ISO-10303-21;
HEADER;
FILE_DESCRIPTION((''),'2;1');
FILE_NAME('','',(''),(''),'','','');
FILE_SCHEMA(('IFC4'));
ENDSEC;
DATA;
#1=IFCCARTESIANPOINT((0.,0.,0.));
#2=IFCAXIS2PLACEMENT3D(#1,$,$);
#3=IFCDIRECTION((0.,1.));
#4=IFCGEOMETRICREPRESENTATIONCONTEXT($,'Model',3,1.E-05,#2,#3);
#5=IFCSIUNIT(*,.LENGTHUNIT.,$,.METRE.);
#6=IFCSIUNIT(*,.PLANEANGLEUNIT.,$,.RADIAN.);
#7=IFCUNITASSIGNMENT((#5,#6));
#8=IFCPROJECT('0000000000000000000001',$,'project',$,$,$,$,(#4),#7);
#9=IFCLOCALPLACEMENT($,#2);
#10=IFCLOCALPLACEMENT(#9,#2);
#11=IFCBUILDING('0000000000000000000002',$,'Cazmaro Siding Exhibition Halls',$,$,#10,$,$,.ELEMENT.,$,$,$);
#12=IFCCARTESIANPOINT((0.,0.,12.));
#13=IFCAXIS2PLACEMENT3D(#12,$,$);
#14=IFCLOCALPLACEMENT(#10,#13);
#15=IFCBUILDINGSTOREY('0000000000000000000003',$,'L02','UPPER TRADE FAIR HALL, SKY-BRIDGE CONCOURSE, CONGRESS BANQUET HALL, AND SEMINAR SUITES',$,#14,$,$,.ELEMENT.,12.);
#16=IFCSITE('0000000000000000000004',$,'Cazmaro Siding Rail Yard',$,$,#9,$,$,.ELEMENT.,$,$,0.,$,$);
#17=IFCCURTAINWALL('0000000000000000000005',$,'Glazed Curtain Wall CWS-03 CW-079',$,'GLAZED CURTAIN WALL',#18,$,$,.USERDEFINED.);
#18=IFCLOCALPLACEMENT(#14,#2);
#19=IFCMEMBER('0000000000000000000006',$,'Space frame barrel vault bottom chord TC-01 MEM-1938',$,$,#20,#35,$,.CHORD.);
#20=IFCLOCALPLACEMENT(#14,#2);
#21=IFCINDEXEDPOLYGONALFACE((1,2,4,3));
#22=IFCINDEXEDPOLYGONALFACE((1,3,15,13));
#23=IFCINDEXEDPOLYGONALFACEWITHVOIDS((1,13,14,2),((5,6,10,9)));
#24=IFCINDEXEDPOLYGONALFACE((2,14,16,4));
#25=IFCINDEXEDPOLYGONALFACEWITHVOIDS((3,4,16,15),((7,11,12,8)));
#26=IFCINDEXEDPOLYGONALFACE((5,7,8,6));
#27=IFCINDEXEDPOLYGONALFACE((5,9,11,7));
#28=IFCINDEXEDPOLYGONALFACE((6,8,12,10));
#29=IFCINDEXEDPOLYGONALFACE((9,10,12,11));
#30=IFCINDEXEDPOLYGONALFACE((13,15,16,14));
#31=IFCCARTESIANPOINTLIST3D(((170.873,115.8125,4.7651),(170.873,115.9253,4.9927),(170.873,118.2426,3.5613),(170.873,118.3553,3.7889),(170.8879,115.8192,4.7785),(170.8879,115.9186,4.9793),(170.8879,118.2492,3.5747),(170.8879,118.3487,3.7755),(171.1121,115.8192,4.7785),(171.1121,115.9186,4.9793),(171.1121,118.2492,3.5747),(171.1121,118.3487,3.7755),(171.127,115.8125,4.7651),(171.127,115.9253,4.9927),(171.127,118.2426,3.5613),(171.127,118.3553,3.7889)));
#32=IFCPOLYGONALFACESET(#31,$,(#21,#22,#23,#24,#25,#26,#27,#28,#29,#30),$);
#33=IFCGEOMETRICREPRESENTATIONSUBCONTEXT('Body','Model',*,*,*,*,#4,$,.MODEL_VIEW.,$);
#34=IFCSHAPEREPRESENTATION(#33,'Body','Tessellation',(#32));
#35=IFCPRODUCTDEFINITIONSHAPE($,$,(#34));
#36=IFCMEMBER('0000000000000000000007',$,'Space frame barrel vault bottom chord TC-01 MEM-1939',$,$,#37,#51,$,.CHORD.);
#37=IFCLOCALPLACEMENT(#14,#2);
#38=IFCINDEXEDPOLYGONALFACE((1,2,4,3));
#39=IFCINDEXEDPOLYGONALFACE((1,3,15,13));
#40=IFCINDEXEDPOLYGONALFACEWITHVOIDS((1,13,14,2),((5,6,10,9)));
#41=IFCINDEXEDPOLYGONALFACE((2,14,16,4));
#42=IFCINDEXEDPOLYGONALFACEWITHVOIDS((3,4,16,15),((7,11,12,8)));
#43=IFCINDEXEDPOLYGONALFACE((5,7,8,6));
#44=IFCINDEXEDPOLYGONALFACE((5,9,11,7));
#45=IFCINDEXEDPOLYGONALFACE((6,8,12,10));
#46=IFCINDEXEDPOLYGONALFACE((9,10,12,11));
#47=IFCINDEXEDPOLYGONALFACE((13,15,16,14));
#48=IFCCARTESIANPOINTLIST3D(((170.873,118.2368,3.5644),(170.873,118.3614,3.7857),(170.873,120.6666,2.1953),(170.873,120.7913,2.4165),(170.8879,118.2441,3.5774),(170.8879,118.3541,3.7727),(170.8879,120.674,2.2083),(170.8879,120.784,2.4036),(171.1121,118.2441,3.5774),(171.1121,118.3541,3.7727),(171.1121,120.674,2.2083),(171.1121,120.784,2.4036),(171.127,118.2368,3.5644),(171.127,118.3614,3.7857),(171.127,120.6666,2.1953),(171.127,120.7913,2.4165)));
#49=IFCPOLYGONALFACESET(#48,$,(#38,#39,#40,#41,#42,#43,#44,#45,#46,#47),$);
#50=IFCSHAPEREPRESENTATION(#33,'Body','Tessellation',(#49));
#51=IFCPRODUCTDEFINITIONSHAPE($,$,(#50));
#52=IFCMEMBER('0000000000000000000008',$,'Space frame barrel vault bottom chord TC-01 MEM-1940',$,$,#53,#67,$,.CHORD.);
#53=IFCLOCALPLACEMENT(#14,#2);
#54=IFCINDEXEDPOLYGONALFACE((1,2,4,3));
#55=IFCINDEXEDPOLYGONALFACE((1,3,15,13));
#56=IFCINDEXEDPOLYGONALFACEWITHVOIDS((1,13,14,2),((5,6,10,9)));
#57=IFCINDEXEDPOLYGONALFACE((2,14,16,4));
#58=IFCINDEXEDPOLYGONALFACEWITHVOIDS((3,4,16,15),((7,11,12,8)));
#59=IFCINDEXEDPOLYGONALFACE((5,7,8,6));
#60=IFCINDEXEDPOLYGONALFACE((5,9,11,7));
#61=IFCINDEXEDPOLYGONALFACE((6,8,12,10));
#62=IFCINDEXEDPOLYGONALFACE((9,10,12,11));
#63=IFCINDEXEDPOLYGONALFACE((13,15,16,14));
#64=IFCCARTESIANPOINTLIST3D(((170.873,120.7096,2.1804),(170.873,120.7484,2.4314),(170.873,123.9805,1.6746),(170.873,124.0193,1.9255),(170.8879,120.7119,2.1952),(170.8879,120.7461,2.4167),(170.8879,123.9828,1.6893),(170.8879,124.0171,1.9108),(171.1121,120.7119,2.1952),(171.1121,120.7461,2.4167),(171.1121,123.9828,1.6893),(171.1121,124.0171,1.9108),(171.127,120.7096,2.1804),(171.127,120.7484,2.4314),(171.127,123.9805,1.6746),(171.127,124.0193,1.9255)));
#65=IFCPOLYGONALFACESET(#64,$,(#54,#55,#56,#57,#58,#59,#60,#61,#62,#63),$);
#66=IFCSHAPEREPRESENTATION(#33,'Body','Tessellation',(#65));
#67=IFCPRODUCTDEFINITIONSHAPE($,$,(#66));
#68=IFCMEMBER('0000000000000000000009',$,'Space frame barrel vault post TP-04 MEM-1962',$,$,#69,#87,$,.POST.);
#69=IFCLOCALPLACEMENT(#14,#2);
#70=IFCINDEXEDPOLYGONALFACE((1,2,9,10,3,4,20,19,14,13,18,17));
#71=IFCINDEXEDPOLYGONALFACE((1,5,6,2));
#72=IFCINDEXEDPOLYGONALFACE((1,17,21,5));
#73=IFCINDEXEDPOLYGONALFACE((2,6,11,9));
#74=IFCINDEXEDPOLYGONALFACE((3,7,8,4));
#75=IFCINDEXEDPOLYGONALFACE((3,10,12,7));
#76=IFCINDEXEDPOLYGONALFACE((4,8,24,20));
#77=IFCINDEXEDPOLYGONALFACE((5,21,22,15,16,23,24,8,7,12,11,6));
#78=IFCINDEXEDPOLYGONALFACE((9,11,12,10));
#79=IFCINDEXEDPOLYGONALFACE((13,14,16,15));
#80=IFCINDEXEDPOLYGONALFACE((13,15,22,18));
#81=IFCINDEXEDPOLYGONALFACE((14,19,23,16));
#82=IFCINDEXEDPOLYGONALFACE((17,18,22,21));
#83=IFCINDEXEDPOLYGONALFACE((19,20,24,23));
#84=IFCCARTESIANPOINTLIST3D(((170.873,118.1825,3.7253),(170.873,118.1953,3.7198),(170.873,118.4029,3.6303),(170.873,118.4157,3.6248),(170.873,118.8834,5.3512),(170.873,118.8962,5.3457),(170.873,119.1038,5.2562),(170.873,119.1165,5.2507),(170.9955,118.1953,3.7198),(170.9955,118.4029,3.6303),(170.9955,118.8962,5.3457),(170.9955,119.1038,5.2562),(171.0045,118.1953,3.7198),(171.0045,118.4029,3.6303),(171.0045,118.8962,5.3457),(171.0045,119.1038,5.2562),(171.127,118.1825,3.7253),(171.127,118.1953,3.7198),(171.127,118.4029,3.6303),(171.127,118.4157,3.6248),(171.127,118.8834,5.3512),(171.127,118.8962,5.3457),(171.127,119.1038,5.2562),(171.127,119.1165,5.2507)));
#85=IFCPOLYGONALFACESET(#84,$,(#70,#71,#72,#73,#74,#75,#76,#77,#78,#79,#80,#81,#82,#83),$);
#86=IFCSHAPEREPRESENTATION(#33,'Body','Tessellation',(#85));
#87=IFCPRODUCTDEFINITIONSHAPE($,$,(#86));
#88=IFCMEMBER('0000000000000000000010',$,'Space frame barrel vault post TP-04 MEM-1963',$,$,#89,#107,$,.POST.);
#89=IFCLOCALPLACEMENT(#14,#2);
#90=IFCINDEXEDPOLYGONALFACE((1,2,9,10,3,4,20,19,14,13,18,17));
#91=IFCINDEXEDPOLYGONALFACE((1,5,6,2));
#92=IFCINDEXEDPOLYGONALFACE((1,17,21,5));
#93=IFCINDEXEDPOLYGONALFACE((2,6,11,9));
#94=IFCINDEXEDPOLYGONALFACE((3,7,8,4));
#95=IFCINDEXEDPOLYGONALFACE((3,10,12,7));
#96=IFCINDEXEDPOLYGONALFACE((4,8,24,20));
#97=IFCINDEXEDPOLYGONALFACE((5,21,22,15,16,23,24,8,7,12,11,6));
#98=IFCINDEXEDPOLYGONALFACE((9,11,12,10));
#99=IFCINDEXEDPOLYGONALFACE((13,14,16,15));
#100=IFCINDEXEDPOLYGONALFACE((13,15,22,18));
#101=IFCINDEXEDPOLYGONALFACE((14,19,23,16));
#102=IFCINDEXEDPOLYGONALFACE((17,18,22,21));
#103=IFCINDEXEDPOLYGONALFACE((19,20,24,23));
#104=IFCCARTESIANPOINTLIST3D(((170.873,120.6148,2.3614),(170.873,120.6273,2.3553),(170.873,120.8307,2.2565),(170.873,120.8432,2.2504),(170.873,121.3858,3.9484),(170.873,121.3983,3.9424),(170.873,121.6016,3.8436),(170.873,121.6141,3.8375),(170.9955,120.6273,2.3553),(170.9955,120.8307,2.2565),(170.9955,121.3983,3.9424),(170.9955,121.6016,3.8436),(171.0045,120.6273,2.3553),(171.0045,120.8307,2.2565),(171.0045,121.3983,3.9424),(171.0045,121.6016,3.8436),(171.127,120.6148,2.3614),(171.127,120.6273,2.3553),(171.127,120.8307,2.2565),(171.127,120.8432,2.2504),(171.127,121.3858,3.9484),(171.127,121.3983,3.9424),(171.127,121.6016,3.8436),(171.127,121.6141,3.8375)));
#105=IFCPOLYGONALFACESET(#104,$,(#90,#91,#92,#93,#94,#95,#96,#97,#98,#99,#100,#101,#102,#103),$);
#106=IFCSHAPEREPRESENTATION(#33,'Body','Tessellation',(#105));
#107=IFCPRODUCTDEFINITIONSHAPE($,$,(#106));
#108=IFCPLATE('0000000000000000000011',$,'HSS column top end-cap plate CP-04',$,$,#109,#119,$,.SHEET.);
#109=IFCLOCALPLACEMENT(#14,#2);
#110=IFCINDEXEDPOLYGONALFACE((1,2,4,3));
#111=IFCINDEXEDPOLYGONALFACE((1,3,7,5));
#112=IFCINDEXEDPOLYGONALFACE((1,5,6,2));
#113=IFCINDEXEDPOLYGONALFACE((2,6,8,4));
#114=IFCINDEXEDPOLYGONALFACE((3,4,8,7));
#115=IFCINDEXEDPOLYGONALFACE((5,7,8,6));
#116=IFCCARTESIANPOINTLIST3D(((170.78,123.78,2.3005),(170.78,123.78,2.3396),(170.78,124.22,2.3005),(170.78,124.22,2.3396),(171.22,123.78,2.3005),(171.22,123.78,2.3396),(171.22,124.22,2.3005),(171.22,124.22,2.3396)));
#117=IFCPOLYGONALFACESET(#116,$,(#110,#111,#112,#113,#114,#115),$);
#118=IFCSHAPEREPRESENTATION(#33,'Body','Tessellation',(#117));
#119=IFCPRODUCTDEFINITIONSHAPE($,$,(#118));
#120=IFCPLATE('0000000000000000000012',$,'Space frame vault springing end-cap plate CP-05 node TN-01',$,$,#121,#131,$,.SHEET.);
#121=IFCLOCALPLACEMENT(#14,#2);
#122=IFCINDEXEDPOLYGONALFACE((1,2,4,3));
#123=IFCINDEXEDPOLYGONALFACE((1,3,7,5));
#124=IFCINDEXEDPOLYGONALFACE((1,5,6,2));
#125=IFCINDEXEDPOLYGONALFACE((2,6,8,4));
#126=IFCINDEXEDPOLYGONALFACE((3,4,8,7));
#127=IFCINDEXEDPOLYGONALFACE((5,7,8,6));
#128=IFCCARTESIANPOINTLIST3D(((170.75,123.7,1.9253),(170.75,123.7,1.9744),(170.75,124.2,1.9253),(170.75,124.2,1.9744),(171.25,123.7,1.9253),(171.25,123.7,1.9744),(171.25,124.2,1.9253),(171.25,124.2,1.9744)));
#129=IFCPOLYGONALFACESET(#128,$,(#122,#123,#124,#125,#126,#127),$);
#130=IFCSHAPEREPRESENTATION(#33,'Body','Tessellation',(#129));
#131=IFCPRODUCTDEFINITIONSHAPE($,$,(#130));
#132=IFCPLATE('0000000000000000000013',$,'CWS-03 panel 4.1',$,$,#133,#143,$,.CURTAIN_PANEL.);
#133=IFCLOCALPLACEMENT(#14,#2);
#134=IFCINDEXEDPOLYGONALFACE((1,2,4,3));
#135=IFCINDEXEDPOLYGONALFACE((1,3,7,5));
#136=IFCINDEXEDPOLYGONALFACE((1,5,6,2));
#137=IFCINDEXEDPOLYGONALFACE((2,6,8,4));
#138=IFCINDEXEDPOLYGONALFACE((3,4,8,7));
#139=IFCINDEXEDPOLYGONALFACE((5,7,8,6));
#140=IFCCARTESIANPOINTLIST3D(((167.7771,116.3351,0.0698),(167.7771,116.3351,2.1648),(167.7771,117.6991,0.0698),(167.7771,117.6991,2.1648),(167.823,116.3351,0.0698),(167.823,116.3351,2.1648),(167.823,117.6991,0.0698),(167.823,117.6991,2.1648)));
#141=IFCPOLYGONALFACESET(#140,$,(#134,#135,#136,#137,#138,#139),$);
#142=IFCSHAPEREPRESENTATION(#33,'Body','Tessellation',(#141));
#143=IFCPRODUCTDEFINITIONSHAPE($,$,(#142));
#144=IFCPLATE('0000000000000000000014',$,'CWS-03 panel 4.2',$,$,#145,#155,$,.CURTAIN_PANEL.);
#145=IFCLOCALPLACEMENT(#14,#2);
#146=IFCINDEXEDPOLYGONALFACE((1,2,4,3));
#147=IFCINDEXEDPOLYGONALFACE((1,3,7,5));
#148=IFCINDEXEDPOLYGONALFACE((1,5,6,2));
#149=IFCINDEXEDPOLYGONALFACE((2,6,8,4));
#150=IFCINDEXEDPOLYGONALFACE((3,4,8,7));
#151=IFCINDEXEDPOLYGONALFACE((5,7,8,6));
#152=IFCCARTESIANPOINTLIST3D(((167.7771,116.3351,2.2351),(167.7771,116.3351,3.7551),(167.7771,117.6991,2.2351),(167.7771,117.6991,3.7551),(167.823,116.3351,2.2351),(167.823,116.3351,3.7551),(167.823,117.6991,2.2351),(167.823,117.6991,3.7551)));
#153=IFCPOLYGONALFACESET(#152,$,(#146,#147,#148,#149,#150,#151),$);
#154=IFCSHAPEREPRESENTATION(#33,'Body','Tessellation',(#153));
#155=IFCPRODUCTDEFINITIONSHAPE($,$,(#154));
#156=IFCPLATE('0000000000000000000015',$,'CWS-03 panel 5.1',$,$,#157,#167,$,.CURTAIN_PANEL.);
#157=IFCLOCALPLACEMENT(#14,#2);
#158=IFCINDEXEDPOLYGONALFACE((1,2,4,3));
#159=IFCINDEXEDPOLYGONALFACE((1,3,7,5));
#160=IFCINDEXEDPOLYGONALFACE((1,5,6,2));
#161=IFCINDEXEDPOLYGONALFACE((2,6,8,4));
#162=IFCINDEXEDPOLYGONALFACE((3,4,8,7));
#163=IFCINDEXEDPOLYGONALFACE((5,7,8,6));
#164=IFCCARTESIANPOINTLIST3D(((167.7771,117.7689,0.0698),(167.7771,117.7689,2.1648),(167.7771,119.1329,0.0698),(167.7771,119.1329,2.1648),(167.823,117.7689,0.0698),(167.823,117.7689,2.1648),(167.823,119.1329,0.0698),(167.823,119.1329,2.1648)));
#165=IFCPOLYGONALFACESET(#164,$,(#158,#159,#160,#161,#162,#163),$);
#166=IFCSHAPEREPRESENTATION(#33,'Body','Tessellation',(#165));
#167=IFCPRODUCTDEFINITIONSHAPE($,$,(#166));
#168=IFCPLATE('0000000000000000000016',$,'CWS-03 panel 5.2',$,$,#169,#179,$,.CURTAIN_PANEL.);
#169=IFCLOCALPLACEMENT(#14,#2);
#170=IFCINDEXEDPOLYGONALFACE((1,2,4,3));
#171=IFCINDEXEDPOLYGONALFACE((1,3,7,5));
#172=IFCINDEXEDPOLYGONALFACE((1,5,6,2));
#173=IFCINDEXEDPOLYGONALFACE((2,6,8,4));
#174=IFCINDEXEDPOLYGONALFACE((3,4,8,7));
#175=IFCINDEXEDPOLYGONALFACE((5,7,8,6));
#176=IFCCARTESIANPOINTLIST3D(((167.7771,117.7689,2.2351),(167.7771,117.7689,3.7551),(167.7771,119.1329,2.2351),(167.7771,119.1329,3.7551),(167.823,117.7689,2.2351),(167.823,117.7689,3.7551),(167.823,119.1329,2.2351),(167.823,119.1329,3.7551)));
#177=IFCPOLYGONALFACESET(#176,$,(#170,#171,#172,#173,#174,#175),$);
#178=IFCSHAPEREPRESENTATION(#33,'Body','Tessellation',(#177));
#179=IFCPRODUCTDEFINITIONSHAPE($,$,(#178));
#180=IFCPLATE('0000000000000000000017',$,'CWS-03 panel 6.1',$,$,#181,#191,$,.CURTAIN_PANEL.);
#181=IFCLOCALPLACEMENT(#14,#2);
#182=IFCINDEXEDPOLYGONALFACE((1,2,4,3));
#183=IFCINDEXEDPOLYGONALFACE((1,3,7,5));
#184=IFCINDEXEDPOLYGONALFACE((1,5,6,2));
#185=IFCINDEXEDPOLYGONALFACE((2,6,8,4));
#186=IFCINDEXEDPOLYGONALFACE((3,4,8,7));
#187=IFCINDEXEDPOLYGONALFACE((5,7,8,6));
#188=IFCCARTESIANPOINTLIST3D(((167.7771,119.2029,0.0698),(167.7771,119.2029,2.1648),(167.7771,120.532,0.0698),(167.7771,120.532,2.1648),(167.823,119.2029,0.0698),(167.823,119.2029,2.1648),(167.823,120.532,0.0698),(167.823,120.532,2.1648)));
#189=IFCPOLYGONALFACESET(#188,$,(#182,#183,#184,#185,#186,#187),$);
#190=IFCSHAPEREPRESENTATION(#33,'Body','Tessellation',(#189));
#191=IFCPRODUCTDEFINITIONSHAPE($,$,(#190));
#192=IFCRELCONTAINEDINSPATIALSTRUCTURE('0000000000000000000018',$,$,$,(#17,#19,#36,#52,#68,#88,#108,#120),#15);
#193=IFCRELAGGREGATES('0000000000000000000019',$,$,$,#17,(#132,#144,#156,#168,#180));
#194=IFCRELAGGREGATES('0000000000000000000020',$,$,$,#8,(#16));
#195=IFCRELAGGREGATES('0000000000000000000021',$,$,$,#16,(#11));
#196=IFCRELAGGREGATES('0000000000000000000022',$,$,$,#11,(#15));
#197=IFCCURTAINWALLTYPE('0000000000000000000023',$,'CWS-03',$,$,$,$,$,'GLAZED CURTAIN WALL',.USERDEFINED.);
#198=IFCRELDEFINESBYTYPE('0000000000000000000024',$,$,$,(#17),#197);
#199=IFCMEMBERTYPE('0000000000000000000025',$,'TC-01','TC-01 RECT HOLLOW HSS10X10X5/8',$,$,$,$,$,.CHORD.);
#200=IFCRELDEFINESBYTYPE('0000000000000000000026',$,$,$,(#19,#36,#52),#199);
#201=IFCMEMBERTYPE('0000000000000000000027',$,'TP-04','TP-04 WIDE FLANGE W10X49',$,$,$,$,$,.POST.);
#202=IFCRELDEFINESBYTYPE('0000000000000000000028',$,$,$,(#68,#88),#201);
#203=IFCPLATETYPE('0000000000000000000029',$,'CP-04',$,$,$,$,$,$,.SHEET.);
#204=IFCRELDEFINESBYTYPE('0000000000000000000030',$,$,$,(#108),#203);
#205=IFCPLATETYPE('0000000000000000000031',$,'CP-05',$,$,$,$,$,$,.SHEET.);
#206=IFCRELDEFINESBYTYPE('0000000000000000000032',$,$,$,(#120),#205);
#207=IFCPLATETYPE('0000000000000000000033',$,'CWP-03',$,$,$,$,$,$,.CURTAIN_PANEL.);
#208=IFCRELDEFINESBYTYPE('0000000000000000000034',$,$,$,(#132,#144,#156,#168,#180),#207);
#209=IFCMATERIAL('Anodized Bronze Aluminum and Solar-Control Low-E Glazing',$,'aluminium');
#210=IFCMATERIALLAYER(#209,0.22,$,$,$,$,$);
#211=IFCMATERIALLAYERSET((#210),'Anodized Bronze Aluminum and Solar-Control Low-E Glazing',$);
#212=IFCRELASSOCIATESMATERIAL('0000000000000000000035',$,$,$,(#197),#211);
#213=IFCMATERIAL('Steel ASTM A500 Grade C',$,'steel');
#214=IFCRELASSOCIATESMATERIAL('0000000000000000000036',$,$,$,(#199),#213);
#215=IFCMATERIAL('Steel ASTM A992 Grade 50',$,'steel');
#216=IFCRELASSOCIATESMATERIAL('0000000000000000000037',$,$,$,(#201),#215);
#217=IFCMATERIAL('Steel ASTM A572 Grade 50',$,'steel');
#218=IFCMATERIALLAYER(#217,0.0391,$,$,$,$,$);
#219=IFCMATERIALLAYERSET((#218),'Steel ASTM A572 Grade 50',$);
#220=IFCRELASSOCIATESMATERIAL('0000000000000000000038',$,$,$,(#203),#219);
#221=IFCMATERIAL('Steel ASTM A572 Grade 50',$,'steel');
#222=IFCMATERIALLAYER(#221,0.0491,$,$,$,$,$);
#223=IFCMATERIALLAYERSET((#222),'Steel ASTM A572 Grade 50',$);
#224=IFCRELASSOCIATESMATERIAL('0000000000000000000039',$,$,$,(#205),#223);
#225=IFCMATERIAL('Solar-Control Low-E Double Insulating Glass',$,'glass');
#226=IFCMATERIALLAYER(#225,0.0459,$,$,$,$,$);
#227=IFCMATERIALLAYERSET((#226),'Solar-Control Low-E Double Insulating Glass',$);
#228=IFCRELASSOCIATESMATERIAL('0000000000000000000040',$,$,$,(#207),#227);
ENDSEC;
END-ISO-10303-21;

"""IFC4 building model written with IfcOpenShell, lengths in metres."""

from ifc_helpers import new_model, si_unit, direction, frame, origin, origin_2d, place, context, subcontext, project, spatial, rectangle, hollow_rectangle, i_section, extrude, material, layer, layer_set, material_profile, profile_set, type_object, element, aggregate, save


model = new_model("IFC4")

# Units and contexts
model_context = context("Model", 3, precision=1e-05, world=origin(), true_north=direction((0.0, 1.0)))
body_context = subcontext(model_context, "Body", "Model", "MODEL_VIEW")
ifc_project = project(units=[si_unit("LENGTHUNIT", "METRE"), si_unit("PLANEANGLEUNIT", "RADIAN")], contexts=[model_context])

# Site, building, storey
site_placement = place(None, origin())
site = spatial("IfcSite", under=ifc_project, at=site_placement, Name="Cazmaro Siding Rail Yard", CompositionType="ELEMENT", RefElevation=0.0)
building_placement = place(site_placement, origin())
building = spatial("IfcBuilding", under=site, at=building_placement, Name="Cazmaro Siding Exhibition Halls", CompositionType="ELEMENT")
storey_placement = place(building_placement, frame((0.0, 0.0, 12.0)))
storey = spatial("IfcBuildingStorey", under=building, at=storey_placement, Name="L02", Description="UPPER TRADE FAIR HALL, SKY-BRIDGE CONCOURSE, CONGRESS BANQUET HALL, AND SEMINAR SUITES", CompositionType="ELEMENT", Elevation=12.0)

# Curtain wall
ifc_material_1 = material(Name="Anodized Bronze Aluminum and Solar-Control Low-E Glazing", Category="aluminium")
ifc_layer_1 = layer(ifc_material_1, 0.22)
ifc_layer_set_1 = layer_set([ifc_layer_1], Name="Anodized Bronze Aluminum and Solar-Control Low-E Glazing")
curtain_wall_type_1 = type_object("IfcCurtainWallType", Name="CWS-03", ElementType="GLAZED CURTAIN WALL", PredefinedType="USERDEFINED", material=ifc_layer_set_1)
curtain_wall_1_placement = place(storey_placement, origin())
curtain_wall_1 = element("IfcCurtainWall", 1, at=curtain_wall_1_placement, inside=storey, type_object=curtain_wall_type_1, Name="Glazed Curtain Wall CWS-03 CW-079", ObjectType="GLAZED CURTAIN WALL", PredefinedType="USERDEFINED")

# Members
ifc_material_2 = material(Name="Steel ASTM A500 Grade C", Category="steel")
ifc_material_profile_1 = material_profile(ifc_material_2, hollow_rectangle(XDim=0.2539, YDim=0.2539, WallThickness=0.0149, at=origin_2d()), Name="HSS10X10X5/8")
ifc_profile_set_1 = profile_set([ifc_material_profile_1], Name="Steel ASTM A500 Grade C")
member_type_1 = type_object("IfcMemberType", Name="TC-01", Description="TC-01 RECT HOLLOW HSS10X10X5/8", PredefinedType="CHORD", material=ifc_profile_set_1)
member_1_placement = place(storey_placement, frame((171.0, 115.8689, 4.8789), z_axis=(0.0, 0.896077, -0.443898), x_axis=(-1.0, 0.0, 0.0)))
element("IfcMember", 2, at=member_1_placement, inside=storey, type_object=member_type_1, Name="Space frame barrel vault bottom chord TC-01 MEM-1938", PredefinedType="CHORD", context=body_context, shape_type="SweptSolid", body=[
    extrude(hollow_rectangle(XDim=0.2539, YDim=0.2539, WallThickness=0.0149, at=origin_2d()), origin(), (0.0, 0.0, 1.0), 2.7119),
])
member_2_placement = place(storey_placement, frame((171.0, 118.2991, 3.675), z_axis=(0.0, 0.871222, -0.490889), x_axis=(-1.0, 0.0, 0.0)))
element("IfcMember", 3, at=member_2_placement, inside=storey, type_object=member_type_1, Name="Space frame barrel vault bottom chord TC-01 MEM-1939", PredefinedType="CHORD", context=body_context, shape_type="SweptSolid", body=[
    extrude(hollow_rectangle(XDim=0.2539, YDim=0.2539, WallThickness=0.0149, at=origin_2d()), origin(), (0.0, 0.0, 1.0), 2.7891),
])
member_3_placement = place(storey_placement, frame((171.0, 120.729, 2.3059), z_axis=(0.0, 0.988252, -0.152833), x_axis=(-1.0, 0.0, 0.0)))
element("IfcMember", 4, at=member_3_placement, inside=storey, type_object=member_type_1, Name="Space frame barrel vault bottom chord TC-01 MEM-1940", PredefinedType="CHORD", context=body_context, shape_type="SweptSolid", body=[
    extrude(hollow_rectangle(XDim=0.2539, YDim=0.2539, WallThickness=0.0149, at=origin_2d()), origin(), (0.0, 0.0, 1.0), 3.3098),
])
ifc_material_3 = material(Name="Steel ASTM A992 Grade 50", Category="steel")
ifc_material_profile_2 = material_profile(ifc_material_3, i_section(OverallWidth=0.2539, OverallDepth=0.2539, WebThickness=0.009, FlangeThickness=0.0139, at=origin_2d()), Name="W10X49")
ifc_profile_set_2 = profile_set([ifc_material_profile_2], Name="Steel ASTM A992 Grade 50")
member_type_2 = type_object("IfcMemberType", Name="TP-04", Description="TP-04 WIDE FLANGE W10X49", PredefinedType="POST", material=ifc_profile_set_2)
member_4_placement = place(storey_placement, frame((171.0, 118.2991, 3.675), z_axis=(0.0, 0.395865, 0.918309), x_axis=(-1.0, 0.0, 0.0)))
element("IfcMember", 5, at=member_4_placement, inside=storey, type_object=member_type_2, Name="Space frame barrel vault post TP-04 MEM-1962", PredefinedType="POST", context=body_context, shape_type="SweptSolid", body=[
    extrude(i_section(OverallWidth=0.2539, OverallDepth=0.2539, WebThickness=0.009, FlangeThickness=0.0139, at=origin_2d()), origin(), (0.0, 0.0, 1.0), 1.7705),
])
member_5_placement = place(storey_placement, frame((171.0, 120.729, 2.3059), z_axis=(0.0, 0.436946, 0.899488), x_axis=(-1.0, 0.0, 0.0)))
element("IfcMember", 6, at=member_5_placement, inside=storey, type_object=member_type_2, Name="Space frame barrel vault post TP-04 MEM-1963", PredefinedType="POST", context=body_context, shape_type="SweptSolid", body=[
    extrude(i_section(OverallWidth=0.2539, OverallDepth=0.2539, WebThickness=0.009, FlangeThickness=0.0139, at=origin_2d()), origin(), (0.0, 0.0, 1.0), 1.7644),
])

# Plates
ifc_material_4 = material(Name="Steel ASTM A572 Grade 50", Category="steel")
ifc_layer_2 = layer(ifc_material_4, 0.0391)
ifc_layer_set_2 = layer_set([ifc_layer_2], Name="Steel ASTM A572 Grade 50")
plate_type_1 = type_object("IfcPlateType", Name="CP-04", PredefinedType="SHEET", material=ifc_layer_set_2)
plate_1_placement = place(storey_placement, frame((171.0, 124.0, 2.3005), z_axis=(0.0, 0.0, 1.0), x_axis=(1.0, 0.0, 0.0)))
element("IfcPlate", 7, at=plate_1_placement, inside=storey, type_object=plate_type_1, Name="HSS column top end-cap plate CP-04", PredefinedType="SHEET", context=body_context, shape_type="SweptSolid", body=[
    extrude(rectangle(XDim=0.4399, YDim=0.4399, at=origin_2d()), origin(), (0.0, 0.0, 1.0), 0.0391),
])
ifc_material_5 = material(Name="Steel ASTM A572 Grade 50", Category="steel")
ifc_layer_3 = layer(ifc_material_5, 0.0491)
ifc_layer_set_3 = layer_set([ifc_layer_3], Name="Steel ASTM A572 Grade 50")
plate_type_2 = type_object("IfcPlateType", Name="CP-05", PredefinedType="SHEET", material=ifc_layer_set_3)
plate_2_placement = place(storey_placement, frame((171.0, 123.95, 1.9253), z_axis=(0.0, 0.0, 1.0), x_axis=(1.0, 0.0, 0.0)))
element("IfcPlate", 8, at=plate_2_placement, inside=storey, type_object=plate_type_2, Name="Space frame vault springing end-cap plate CP-05 node TN-01", PredefinedType="SHEET", context=body_context, shape_type="SweptSolid", body=[
    extrude(rectangle(XDim=0.5, YDim=0.5, at=origin_2d()), origin(), (0.0, 0.0, 1.0), 0.0491),
])

# Plates
ifc_material_6 = material(Name="Solar-Control Low-E Double Insulating Glass", Category="glass")
ifc_layer_4 = layer(ifc_material_6, 0.0459)
ifc_layer_set_4 = layer_set([ifc_layer_4], Name="Solar-Control Low-E Double Insulating Glass")
plate_type_3 = type_object("IfcPlateType", Name="CWP-03", PredefinedType="CURTAIN_PANEL", material=ifc_layer_set_4)
plate_3_placement = place(storey_placement, frame((167.8, 117.0171, 0.0698), z_axis=(0.0, 0.0, 1.0), x_axis=(0.0, 1.0, 0.0)))
plate_3 = element("IfcPlate", 9, at=plate_3_placement, type_object=plate_type_3, Name="CWS-03 panel 4.1", PredefinedType="CURTAIN_PANEL", context=body_context, shape_type="SweptSolid", body=[
    extrude(rectangle(XDim=1.364, YDim=0.0459, at=origin_2d()), origin(), (0.0, 0.0, 1.0), 2.095),
])
plate_4_placement = place(storey_placement, frame((167.8, 117.0171, 2.2351), z_axis=(0.0, 0.0, 1.0), x_axis=(0.0, 1.0, 0.0)))
plate_4 = element("IfcPlate", 10, at=plate_4_placement, type_object=plate_type_3, Name="CWS-03 panel 4.2", PredefinedType="CURTAIN_PANEL", context=body_context, shape_type="SweptSolid", body=[
    extrude(rectangle(XDim=1.364, YDim=0.0459, at=origin_2d()), origin(), (0.0, 0.0, 1.0), 1.52),
])
plate_5_placement = place(storey_placement, frame((167.8, 118.4509, 0.0698), z_axis=(0.0, 0.0, 1.0), x_axis=(0.0, 1.0, 0.0)))
plate_5 = element("IfcPlate", 11, at=plate_5_placement, type_object=plate_type_3, Name="CWS-03 panel 5.1", PredefinedType="CURTAIN_PANEL", context=body_context, shape_type="SweptSolid", body=[
    extrude(rectangle(XDim=1.364, YDim=0.0459, at=origin_2d()), origin(), (0.0, 0.0, 1.0), 2.095),
])
plate_6_placement = place(storey_placement, frame((167.8, 118.4509, 2.2351), z_axis=(0.0, 0.0, 1.0), x_axis=(0.0, 1.0, 0.0)))
plate_6 = element("IfcPlate", 12, at=plate_6_placement, type_object=plate_type_3, Name="CWS-03 panel 5.2", PredefinedType="CURTAIN_PANEL", context=body_context, shape_type="SweptSolid", body=[
    extrude(rectangle(XDim=1.364, YDim=0.0459, at=origin_2d()), origin(), (0.0, 0.0, 1.0), 1.52),
])
plate_7_placement = place(storey_placement, frame((167.8, 119.8674, 0.0698), z_axis=(0.0, 0.0, 1.0), x_axis=(0.0, 1.0, 0.0)))
plate_7 = element("IfcPlate", 13, at=plate_7_placement, type_object=plate_type_3, Name="CWS-03 panel 6.1", PredefinedType="CURTAIN_PANEL", context=body_context, shape_type="SweptSolid", body=[
    extrude(rectangle(XDim=1.3291, YDim=0.0459, at=origin_2d()), origin(), (0.0, 0.0, 1.0), 2.095),
])
aggregate(curtain_wall_1, [plate_3, plate_4, plate_5, plate_6, plate_7])

save(model, "model.ifc")
